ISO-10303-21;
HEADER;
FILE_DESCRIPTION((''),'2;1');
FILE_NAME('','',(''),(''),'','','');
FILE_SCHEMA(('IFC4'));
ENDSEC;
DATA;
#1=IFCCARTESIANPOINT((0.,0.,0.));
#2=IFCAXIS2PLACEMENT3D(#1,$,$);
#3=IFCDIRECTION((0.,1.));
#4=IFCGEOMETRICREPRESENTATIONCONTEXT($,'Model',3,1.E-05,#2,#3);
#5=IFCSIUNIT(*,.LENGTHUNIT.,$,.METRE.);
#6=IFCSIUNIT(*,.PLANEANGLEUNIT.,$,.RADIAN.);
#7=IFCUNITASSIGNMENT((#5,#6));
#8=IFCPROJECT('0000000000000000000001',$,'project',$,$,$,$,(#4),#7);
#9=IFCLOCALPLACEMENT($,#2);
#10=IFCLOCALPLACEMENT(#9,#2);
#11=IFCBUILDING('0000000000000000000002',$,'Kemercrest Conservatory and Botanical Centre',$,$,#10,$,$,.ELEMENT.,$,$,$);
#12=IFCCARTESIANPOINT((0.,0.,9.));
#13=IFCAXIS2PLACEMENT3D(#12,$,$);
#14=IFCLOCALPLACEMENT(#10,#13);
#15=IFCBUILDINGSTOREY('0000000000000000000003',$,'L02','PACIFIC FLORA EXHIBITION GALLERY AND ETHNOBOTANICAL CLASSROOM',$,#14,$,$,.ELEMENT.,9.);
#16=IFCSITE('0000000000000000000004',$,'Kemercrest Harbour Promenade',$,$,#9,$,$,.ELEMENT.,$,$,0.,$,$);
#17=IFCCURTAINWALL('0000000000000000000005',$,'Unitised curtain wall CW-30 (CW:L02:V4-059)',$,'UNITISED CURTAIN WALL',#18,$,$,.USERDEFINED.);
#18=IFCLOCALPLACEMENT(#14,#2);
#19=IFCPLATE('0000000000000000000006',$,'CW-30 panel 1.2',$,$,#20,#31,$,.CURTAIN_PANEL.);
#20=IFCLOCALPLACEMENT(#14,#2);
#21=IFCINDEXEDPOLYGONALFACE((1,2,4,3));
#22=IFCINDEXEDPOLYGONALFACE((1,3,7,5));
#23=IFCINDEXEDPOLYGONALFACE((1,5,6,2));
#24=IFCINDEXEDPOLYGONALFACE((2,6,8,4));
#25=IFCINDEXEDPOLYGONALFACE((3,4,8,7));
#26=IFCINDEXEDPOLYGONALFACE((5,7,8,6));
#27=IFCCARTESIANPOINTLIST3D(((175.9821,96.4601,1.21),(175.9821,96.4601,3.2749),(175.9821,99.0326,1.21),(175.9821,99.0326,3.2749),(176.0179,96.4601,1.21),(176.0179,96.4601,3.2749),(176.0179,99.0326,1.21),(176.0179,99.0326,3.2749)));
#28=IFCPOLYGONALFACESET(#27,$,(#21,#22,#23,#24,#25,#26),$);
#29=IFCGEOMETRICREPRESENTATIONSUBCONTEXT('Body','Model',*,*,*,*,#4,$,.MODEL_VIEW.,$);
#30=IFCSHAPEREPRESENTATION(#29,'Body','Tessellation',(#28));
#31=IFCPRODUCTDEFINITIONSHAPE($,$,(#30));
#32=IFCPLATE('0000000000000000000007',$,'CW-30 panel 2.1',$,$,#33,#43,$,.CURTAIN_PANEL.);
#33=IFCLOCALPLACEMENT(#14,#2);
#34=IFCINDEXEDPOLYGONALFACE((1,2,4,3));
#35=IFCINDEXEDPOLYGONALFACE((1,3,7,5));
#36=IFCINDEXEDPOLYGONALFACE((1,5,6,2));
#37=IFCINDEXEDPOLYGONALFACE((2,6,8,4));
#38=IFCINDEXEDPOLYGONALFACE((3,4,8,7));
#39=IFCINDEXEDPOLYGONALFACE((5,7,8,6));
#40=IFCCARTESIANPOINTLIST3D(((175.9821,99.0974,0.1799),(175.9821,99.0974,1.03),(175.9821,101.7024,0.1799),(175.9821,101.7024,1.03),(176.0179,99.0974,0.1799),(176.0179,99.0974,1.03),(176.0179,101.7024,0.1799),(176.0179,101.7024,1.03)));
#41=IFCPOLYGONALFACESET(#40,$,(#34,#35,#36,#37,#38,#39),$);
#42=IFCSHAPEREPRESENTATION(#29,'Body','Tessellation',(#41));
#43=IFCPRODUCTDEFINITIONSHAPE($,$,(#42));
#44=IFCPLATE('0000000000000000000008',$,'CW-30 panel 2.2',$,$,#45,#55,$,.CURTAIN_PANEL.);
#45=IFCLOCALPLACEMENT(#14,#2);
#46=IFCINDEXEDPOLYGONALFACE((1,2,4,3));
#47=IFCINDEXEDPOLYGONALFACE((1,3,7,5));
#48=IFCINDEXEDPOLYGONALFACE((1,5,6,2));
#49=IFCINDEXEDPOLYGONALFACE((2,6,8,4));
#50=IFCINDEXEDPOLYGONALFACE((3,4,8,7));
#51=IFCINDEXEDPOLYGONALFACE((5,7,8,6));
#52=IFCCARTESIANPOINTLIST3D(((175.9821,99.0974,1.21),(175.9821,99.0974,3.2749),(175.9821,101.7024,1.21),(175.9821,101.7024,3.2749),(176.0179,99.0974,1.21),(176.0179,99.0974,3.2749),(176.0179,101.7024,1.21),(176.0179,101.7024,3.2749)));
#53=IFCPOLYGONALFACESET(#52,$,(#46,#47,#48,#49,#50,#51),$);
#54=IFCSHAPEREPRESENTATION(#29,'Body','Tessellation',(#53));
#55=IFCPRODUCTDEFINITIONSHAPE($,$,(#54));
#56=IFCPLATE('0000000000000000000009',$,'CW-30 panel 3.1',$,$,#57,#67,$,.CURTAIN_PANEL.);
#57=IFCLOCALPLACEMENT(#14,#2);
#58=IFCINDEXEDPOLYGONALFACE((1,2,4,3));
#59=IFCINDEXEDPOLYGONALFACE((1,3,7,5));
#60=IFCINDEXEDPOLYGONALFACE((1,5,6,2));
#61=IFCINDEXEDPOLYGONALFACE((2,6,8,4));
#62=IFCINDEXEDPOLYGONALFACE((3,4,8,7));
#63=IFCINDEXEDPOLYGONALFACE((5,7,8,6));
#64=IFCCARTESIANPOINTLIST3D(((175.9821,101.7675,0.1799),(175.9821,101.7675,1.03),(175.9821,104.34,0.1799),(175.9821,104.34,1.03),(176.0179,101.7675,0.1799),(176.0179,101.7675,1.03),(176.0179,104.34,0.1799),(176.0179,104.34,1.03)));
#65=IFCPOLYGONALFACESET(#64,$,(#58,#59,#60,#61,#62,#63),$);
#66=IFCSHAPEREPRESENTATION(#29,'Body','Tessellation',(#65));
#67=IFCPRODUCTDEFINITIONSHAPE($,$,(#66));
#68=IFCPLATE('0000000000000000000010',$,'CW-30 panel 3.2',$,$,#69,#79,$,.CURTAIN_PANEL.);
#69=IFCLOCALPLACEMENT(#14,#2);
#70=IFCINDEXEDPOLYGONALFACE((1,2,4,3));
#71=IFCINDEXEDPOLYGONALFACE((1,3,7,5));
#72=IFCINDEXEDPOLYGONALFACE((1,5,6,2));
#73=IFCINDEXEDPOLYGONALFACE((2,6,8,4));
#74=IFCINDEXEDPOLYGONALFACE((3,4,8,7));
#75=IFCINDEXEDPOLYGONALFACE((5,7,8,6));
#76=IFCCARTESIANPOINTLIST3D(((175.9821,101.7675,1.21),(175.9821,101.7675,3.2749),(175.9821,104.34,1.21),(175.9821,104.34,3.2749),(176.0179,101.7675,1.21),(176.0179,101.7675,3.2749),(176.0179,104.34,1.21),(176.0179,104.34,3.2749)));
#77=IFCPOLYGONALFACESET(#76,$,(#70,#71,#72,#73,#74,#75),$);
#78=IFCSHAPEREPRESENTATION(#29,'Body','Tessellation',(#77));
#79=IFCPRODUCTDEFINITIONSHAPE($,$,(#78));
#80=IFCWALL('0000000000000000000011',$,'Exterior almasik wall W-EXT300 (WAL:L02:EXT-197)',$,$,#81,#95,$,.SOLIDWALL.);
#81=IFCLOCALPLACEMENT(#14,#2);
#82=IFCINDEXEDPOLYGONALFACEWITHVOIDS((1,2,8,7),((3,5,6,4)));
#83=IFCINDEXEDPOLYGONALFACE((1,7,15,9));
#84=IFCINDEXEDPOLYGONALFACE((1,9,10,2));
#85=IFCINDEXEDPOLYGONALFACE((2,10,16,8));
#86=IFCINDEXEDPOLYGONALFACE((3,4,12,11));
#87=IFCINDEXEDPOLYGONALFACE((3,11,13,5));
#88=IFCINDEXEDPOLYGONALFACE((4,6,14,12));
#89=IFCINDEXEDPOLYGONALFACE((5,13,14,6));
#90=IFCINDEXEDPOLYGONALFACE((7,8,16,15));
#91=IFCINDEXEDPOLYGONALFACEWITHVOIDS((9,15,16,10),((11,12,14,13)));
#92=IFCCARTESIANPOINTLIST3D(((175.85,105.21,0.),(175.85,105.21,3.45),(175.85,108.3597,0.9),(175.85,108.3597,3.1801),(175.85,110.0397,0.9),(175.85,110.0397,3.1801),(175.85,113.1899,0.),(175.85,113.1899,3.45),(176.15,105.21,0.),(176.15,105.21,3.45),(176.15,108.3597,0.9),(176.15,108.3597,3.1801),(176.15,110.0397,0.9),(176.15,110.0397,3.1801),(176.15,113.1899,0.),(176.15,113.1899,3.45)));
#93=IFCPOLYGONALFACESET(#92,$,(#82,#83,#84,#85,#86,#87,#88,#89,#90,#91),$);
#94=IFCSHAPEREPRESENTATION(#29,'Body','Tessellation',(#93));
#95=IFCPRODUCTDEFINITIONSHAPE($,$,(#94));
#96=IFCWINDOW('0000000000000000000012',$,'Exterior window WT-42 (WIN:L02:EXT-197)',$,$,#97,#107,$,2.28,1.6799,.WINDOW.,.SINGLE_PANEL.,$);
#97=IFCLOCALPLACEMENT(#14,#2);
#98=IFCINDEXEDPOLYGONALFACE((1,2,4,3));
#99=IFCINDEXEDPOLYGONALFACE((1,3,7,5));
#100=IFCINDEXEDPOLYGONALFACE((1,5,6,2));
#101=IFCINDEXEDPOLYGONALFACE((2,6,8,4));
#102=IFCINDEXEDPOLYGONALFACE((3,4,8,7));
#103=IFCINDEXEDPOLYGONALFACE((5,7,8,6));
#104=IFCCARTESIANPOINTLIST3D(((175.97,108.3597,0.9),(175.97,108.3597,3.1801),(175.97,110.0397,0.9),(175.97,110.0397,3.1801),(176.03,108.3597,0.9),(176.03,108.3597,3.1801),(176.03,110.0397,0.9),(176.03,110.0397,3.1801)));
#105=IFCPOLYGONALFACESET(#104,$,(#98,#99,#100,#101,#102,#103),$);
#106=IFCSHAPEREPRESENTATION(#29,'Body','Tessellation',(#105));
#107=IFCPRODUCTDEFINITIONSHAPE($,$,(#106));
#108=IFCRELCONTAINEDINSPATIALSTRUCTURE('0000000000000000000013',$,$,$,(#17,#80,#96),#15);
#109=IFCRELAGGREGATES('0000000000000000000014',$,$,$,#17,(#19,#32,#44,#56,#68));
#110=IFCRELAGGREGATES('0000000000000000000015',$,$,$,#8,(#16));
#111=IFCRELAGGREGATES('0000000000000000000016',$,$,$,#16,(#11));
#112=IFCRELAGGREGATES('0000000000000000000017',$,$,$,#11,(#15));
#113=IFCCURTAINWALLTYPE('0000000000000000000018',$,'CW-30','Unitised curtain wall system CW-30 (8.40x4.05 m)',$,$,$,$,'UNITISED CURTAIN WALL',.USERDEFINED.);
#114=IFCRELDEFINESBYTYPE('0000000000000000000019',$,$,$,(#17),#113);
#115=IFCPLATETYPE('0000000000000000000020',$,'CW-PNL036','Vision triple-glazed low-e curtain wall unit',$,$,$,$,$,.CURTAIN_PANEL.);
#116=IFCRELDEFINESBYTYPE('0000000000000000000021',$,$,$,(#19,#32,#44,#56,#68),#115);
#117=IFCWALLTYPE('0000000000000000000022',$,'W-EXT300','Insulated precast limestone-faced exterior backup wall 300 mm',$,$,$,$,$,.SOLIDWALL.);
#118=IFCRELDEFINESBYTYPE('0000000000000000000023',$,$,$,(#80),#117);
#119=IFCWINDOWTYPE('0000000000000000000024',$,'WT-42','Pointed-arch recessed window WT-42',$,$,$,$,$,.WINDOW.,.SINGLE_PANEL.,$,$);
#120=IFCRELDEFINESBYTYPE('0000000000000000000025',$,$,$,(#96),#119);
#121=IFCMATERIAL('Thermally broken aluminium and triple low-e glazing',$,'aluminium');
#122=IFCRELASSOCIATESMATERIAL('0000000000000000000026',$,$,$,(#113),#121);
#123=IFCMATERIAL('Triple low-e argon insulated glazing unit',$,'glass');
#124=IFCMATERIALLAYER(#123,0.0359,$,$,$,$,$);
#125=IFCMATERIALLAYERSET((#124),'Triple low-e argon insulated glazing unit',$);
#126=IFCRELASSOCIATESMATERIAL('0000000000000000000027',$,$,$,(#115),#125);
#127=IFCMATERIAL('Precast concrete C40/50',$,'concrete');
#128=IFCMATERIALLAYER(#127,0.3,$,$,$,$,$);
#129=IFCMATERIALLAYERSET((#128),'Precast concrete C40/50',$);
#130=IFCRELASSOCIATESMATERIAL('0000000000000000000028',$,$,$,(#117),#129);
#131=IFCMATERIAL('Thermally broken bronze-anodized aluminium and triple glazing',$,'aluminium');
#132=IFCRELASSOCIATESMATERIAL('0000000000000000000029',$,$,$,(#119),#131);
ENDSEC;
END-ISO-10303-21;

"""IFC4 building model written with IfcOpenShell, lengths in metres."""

from ifc_helpers import new_model, si_unit, direction, frame, frame_2d, origin, origin_2d, place, context, subcontext, project, spatial, rectangle, extrude, material, layer, layer_set, type_object, element, fill, aggregate, save


model = new_model("IFC4")

# Units and contexts
model_context = context("Model", 3, precision=1e-05, world=origin(), true_north=direction((0.0, 1.0)))
body_context = subcontext(model_context, "Body", "Model", "MODEL_VIEW")
ifc_project = project(units=[si_unit("LENGTHUNIT", "METRE"), si_unit("PLANEANGLEUNIT", "RADIAN")], contexts=[model_context])

# Site, building, storey
site_placement = place(None, origin())
site = spatial("IfcSite", under=ifc_project, at=site_placement, Name="Kemercrest Harbour Promenade", CompositionType="ELEMENT", RefElevation=0.0)
building_placement = place(site_placement, origin())
building = spatial("IfcBuilding", under=site, at=building_placement, Name="Kemercrest Conservatory and Botanical Centre", CompositionType="ELEMENT")
storey_placement = place(building_placement, frame((0.0, 0.0, 9.0)))
storey = spatial("IfcBuildingStorey", under=building, at=storey_placement, Name="L02", Description="PACIFIC FLORA EXHIBITION GALLERY AND ETHNOBOTANICAL CLASSROOM", CompositionType="ELEMENT", Elevation=9.0)

# Curtain wall
ifc_material_1 = material(Name="Thermally broken aluminium and triple low-e glazing", Category="aluminium")
curtain_wall_type = type_object("IfcCurtainWallType", Name="CW-30", Description="Unitised curtain wall system CW-30 (8.40x4.05 m)", ElementType="UNITISED CURTAIN WALL", PredefinedType="USERDEFINED", material=ifc_material_1)
curtain_wall_placement = place(storey_placement, origin())
curtain_wall = element("IfcCurtainWall", 1, at=curtain_wall_placement, inside=storey, type_object=curtain_wall_type, Name="Unitised curtain wall CW-30 (CW:L02:V4-059)", ObjectType="UNITISED CURTAIN WALL", PredefinedType="USERDEFINED")

# Plates
ifc_material_2 = material(Name="Triple low-e argon insulated glazing unit", Category="glass")
ifc_layer_1 = layer(ifc_material_2, 0.0359)
ifc_layer_set_1 = layer_set([ifc_layer_1], Name="Triple low-e argon insulated glazing unit")
plate_type = type_object("IfcPlateType", Name="CW-PNL036", Description="Vision triple-glazed low-e curtain wall unit", PredefinedType="CURTAIN_PANEL", material=ifc_layer_set_1)
plate_1_placement = place(storey_placement, frame((176.0, 97.7463, 1.21), z_axis=(0.0, 0.0, 1.0), x_axis=(0.0, 1.0, 0.0)))
plate_1 = element("IfcPlate", 2, at=plate_1_placement, type_object=plate_type, Name="CW-30 panel 1.2", PredefinedType="CURTAIN_PANEL", context=body_context, shape_type="SweptSolid", body=[
    extrude(rectangle(XDim=2.5725, YDim=0.0359, at=origin_2d()), origin(), (0.0, 0.0, 1.0), 2.0649),
])
plate_2_placement = place(storey_placement, frame((176.0, 100.3999, 0.1799), z_axis=(0.0, 0.0, 1.0), x_axis=(0.0, 1.0, 0.0)))
plate_2 = element("IfcPlate", 3, at=plate_2_placement, type_object=plate_type, Name="CW-30 panel 2.1", PredefinedType="CURTAIN_PANEL", context=body_context, shape_type="SweptSolid", body=[
    extrude(rectangle(XDim=2.605, YDim=0.0359, at=origin_2d()), origin(), (0.0, 0.0, 1.0), 0.8501),
])
plate_3_placement = place(storey_placement, frame((176.0, 100.3999, 1.21), z_axis=(0.0, 0.0, 1.0), x_axis=(0.0, 1.0, 0.0)))
plate_3 = element("IfcPlate", 4, at=plate_3_placement, type_object=plate_type, Name="CW-30 panel 2.2", PredefinedType="CURTAIN_PANEL", context=body_context, shape_type="SweptSolid", body=[
    extrude(rectangle(XDim=2.605, YDim=0.0359, at=origin_2d()), origin(), (0.0, 0.0, 1.0), 2.0649),
])
plate_4_placement = place(storey_placement, frame((176.0, 103.0537, 0.1799), z_axis=(0.0, 0.0, 1.0), x_axis=(0.0, 1.0, 0.0)))
plate_4 = element("IfcPlate", 5, at=plate_4_placement, type_object=plate_type, Name="CW-30 panel 3.1", PredefinedType="CURTAIN_PANEL", context=body_context, shape_type="SweptSolid", body=[
    extrude(rectangle(XDim=2.5725, YDim=0.0359, at=origin_2d()), origin(), (0.0, 0.0, 1.0), 0.8501),
])
plate_5_placement = place(storey_placement, frame((176.0, 103.0537, 1.21), z_axis=(0.0, 0.0, 1.0), x_axis=(0.0, 1.0, 0.0)))
plate_5 = element("IfcPlate", 6, at=plate_5_placement, type_object=plate_type, Name="CW-30 panel 3.2", PredefinedType="CURTAIN_PANEL", context=body_context, shape_type="SweptSolid", body=[
    extrude(rectangle(XDim=2.5725, YDim=0.0359, at=origin_2d()), origin(), (0.0, 0.0, 1.0), 2.0649),
])
aggregate(curtain_wall, [plate_1, plate_2, plate_3, plate_4, plate_5])

# Wall, opening, window
ifc_material_3 = material(Name="Precast concrete C40/50", Category="concrete")
ifc_layer_2 = layer(ifc_material_3, 0.3)
ifc_layer_set_2 = layer_set([ifc_layer_2], Name="Precast concrete C40/50")
wall_type = type_object("IfcWallType", Name="W-EXT300", Description="Insulated precast limestone-faced exterior backup wall 300 mm", PredefinedType="SOLIDWALL", material=ifc_layer_set_2)
wall_placement = place(storey_placement, frame((176.0, 105.21, 0.0), z_axis=(0.0, 0.0, 1.0), x_axis=(0.0, 1.0, 0.0)))
wall = element("IfcWall", 7, at=wall_placement, inside=storey, type_object=wall_type, Name="Exterior almasik wall W-EXT300 (WAL:L02:EXT-197)", PredefinedType="SOLIDWALL", context=body_context, shape_type="SweptSolid", body=[
    extrude(rectangle(XDim=7.98, YDim=0.3, at=frame_2d((3.99, 0.0))), origin(), (0.0, 0.0, 1.0), 3.45),
])
opening_placement = place(wall_placement, frame((3.1499, 0.0, 0.8999)))
opening = element("IfcOpeningElement", 8, at=opening_placement, cuts=wall, PredefinedType="OPENING", context=body_context, shape_type="SweptSolid", body=[
    extrude(rectangle(XDim=1.6799, YDim=2.28, at=frame_2d((0.8398, 1.1401))), frame((0.0, 0.1602, 0.0), z_axis=(0.0, -1.0, 0.0), x_axis=(1.0, 0.0, 0.0)), (0.0, 0.0, 1.0), 0.3201),
])
ifc_material_4 = material(Name="Thermally broken bronze-anodized aluminium and triple glazing", Category="aluminium")
window_type = type_object("IfcWindowType", Name="WT-42", Description="Pointed-arch recessed window WT-42", PartitioningType="SINGLE_PANEL", PredefinedType="WINDOW", material=ifc_material_4)
window_placement = place(opening_placement, origin())
window = element("IfcWindow", 9, at=window_placement, inside=storey, type_object=window_type, Name="Exterior window WT-42 (WIN:L02:EXT-197)", OverallHeight=2.28, OverallWidth=1.6799, PartitioningType="SINGLE_PANEL", PredefinedType="WINDOW", context=body_context, shape_type="SweptSolid", body=[
    extrude(rectangle(XDim=1.6799, YDim=2.28, at=frame_2d((0.8398, 1.1401))), frame((0.0, 0.03, 0.0), z_axis=(0.0, -1.0, 0.0), x_axis=(1.0, 0.0, 0.0)), (0.0, 0.0, 1.0), 0.0601),
])
fill(opening, window)

save(model, "model.ifc")
